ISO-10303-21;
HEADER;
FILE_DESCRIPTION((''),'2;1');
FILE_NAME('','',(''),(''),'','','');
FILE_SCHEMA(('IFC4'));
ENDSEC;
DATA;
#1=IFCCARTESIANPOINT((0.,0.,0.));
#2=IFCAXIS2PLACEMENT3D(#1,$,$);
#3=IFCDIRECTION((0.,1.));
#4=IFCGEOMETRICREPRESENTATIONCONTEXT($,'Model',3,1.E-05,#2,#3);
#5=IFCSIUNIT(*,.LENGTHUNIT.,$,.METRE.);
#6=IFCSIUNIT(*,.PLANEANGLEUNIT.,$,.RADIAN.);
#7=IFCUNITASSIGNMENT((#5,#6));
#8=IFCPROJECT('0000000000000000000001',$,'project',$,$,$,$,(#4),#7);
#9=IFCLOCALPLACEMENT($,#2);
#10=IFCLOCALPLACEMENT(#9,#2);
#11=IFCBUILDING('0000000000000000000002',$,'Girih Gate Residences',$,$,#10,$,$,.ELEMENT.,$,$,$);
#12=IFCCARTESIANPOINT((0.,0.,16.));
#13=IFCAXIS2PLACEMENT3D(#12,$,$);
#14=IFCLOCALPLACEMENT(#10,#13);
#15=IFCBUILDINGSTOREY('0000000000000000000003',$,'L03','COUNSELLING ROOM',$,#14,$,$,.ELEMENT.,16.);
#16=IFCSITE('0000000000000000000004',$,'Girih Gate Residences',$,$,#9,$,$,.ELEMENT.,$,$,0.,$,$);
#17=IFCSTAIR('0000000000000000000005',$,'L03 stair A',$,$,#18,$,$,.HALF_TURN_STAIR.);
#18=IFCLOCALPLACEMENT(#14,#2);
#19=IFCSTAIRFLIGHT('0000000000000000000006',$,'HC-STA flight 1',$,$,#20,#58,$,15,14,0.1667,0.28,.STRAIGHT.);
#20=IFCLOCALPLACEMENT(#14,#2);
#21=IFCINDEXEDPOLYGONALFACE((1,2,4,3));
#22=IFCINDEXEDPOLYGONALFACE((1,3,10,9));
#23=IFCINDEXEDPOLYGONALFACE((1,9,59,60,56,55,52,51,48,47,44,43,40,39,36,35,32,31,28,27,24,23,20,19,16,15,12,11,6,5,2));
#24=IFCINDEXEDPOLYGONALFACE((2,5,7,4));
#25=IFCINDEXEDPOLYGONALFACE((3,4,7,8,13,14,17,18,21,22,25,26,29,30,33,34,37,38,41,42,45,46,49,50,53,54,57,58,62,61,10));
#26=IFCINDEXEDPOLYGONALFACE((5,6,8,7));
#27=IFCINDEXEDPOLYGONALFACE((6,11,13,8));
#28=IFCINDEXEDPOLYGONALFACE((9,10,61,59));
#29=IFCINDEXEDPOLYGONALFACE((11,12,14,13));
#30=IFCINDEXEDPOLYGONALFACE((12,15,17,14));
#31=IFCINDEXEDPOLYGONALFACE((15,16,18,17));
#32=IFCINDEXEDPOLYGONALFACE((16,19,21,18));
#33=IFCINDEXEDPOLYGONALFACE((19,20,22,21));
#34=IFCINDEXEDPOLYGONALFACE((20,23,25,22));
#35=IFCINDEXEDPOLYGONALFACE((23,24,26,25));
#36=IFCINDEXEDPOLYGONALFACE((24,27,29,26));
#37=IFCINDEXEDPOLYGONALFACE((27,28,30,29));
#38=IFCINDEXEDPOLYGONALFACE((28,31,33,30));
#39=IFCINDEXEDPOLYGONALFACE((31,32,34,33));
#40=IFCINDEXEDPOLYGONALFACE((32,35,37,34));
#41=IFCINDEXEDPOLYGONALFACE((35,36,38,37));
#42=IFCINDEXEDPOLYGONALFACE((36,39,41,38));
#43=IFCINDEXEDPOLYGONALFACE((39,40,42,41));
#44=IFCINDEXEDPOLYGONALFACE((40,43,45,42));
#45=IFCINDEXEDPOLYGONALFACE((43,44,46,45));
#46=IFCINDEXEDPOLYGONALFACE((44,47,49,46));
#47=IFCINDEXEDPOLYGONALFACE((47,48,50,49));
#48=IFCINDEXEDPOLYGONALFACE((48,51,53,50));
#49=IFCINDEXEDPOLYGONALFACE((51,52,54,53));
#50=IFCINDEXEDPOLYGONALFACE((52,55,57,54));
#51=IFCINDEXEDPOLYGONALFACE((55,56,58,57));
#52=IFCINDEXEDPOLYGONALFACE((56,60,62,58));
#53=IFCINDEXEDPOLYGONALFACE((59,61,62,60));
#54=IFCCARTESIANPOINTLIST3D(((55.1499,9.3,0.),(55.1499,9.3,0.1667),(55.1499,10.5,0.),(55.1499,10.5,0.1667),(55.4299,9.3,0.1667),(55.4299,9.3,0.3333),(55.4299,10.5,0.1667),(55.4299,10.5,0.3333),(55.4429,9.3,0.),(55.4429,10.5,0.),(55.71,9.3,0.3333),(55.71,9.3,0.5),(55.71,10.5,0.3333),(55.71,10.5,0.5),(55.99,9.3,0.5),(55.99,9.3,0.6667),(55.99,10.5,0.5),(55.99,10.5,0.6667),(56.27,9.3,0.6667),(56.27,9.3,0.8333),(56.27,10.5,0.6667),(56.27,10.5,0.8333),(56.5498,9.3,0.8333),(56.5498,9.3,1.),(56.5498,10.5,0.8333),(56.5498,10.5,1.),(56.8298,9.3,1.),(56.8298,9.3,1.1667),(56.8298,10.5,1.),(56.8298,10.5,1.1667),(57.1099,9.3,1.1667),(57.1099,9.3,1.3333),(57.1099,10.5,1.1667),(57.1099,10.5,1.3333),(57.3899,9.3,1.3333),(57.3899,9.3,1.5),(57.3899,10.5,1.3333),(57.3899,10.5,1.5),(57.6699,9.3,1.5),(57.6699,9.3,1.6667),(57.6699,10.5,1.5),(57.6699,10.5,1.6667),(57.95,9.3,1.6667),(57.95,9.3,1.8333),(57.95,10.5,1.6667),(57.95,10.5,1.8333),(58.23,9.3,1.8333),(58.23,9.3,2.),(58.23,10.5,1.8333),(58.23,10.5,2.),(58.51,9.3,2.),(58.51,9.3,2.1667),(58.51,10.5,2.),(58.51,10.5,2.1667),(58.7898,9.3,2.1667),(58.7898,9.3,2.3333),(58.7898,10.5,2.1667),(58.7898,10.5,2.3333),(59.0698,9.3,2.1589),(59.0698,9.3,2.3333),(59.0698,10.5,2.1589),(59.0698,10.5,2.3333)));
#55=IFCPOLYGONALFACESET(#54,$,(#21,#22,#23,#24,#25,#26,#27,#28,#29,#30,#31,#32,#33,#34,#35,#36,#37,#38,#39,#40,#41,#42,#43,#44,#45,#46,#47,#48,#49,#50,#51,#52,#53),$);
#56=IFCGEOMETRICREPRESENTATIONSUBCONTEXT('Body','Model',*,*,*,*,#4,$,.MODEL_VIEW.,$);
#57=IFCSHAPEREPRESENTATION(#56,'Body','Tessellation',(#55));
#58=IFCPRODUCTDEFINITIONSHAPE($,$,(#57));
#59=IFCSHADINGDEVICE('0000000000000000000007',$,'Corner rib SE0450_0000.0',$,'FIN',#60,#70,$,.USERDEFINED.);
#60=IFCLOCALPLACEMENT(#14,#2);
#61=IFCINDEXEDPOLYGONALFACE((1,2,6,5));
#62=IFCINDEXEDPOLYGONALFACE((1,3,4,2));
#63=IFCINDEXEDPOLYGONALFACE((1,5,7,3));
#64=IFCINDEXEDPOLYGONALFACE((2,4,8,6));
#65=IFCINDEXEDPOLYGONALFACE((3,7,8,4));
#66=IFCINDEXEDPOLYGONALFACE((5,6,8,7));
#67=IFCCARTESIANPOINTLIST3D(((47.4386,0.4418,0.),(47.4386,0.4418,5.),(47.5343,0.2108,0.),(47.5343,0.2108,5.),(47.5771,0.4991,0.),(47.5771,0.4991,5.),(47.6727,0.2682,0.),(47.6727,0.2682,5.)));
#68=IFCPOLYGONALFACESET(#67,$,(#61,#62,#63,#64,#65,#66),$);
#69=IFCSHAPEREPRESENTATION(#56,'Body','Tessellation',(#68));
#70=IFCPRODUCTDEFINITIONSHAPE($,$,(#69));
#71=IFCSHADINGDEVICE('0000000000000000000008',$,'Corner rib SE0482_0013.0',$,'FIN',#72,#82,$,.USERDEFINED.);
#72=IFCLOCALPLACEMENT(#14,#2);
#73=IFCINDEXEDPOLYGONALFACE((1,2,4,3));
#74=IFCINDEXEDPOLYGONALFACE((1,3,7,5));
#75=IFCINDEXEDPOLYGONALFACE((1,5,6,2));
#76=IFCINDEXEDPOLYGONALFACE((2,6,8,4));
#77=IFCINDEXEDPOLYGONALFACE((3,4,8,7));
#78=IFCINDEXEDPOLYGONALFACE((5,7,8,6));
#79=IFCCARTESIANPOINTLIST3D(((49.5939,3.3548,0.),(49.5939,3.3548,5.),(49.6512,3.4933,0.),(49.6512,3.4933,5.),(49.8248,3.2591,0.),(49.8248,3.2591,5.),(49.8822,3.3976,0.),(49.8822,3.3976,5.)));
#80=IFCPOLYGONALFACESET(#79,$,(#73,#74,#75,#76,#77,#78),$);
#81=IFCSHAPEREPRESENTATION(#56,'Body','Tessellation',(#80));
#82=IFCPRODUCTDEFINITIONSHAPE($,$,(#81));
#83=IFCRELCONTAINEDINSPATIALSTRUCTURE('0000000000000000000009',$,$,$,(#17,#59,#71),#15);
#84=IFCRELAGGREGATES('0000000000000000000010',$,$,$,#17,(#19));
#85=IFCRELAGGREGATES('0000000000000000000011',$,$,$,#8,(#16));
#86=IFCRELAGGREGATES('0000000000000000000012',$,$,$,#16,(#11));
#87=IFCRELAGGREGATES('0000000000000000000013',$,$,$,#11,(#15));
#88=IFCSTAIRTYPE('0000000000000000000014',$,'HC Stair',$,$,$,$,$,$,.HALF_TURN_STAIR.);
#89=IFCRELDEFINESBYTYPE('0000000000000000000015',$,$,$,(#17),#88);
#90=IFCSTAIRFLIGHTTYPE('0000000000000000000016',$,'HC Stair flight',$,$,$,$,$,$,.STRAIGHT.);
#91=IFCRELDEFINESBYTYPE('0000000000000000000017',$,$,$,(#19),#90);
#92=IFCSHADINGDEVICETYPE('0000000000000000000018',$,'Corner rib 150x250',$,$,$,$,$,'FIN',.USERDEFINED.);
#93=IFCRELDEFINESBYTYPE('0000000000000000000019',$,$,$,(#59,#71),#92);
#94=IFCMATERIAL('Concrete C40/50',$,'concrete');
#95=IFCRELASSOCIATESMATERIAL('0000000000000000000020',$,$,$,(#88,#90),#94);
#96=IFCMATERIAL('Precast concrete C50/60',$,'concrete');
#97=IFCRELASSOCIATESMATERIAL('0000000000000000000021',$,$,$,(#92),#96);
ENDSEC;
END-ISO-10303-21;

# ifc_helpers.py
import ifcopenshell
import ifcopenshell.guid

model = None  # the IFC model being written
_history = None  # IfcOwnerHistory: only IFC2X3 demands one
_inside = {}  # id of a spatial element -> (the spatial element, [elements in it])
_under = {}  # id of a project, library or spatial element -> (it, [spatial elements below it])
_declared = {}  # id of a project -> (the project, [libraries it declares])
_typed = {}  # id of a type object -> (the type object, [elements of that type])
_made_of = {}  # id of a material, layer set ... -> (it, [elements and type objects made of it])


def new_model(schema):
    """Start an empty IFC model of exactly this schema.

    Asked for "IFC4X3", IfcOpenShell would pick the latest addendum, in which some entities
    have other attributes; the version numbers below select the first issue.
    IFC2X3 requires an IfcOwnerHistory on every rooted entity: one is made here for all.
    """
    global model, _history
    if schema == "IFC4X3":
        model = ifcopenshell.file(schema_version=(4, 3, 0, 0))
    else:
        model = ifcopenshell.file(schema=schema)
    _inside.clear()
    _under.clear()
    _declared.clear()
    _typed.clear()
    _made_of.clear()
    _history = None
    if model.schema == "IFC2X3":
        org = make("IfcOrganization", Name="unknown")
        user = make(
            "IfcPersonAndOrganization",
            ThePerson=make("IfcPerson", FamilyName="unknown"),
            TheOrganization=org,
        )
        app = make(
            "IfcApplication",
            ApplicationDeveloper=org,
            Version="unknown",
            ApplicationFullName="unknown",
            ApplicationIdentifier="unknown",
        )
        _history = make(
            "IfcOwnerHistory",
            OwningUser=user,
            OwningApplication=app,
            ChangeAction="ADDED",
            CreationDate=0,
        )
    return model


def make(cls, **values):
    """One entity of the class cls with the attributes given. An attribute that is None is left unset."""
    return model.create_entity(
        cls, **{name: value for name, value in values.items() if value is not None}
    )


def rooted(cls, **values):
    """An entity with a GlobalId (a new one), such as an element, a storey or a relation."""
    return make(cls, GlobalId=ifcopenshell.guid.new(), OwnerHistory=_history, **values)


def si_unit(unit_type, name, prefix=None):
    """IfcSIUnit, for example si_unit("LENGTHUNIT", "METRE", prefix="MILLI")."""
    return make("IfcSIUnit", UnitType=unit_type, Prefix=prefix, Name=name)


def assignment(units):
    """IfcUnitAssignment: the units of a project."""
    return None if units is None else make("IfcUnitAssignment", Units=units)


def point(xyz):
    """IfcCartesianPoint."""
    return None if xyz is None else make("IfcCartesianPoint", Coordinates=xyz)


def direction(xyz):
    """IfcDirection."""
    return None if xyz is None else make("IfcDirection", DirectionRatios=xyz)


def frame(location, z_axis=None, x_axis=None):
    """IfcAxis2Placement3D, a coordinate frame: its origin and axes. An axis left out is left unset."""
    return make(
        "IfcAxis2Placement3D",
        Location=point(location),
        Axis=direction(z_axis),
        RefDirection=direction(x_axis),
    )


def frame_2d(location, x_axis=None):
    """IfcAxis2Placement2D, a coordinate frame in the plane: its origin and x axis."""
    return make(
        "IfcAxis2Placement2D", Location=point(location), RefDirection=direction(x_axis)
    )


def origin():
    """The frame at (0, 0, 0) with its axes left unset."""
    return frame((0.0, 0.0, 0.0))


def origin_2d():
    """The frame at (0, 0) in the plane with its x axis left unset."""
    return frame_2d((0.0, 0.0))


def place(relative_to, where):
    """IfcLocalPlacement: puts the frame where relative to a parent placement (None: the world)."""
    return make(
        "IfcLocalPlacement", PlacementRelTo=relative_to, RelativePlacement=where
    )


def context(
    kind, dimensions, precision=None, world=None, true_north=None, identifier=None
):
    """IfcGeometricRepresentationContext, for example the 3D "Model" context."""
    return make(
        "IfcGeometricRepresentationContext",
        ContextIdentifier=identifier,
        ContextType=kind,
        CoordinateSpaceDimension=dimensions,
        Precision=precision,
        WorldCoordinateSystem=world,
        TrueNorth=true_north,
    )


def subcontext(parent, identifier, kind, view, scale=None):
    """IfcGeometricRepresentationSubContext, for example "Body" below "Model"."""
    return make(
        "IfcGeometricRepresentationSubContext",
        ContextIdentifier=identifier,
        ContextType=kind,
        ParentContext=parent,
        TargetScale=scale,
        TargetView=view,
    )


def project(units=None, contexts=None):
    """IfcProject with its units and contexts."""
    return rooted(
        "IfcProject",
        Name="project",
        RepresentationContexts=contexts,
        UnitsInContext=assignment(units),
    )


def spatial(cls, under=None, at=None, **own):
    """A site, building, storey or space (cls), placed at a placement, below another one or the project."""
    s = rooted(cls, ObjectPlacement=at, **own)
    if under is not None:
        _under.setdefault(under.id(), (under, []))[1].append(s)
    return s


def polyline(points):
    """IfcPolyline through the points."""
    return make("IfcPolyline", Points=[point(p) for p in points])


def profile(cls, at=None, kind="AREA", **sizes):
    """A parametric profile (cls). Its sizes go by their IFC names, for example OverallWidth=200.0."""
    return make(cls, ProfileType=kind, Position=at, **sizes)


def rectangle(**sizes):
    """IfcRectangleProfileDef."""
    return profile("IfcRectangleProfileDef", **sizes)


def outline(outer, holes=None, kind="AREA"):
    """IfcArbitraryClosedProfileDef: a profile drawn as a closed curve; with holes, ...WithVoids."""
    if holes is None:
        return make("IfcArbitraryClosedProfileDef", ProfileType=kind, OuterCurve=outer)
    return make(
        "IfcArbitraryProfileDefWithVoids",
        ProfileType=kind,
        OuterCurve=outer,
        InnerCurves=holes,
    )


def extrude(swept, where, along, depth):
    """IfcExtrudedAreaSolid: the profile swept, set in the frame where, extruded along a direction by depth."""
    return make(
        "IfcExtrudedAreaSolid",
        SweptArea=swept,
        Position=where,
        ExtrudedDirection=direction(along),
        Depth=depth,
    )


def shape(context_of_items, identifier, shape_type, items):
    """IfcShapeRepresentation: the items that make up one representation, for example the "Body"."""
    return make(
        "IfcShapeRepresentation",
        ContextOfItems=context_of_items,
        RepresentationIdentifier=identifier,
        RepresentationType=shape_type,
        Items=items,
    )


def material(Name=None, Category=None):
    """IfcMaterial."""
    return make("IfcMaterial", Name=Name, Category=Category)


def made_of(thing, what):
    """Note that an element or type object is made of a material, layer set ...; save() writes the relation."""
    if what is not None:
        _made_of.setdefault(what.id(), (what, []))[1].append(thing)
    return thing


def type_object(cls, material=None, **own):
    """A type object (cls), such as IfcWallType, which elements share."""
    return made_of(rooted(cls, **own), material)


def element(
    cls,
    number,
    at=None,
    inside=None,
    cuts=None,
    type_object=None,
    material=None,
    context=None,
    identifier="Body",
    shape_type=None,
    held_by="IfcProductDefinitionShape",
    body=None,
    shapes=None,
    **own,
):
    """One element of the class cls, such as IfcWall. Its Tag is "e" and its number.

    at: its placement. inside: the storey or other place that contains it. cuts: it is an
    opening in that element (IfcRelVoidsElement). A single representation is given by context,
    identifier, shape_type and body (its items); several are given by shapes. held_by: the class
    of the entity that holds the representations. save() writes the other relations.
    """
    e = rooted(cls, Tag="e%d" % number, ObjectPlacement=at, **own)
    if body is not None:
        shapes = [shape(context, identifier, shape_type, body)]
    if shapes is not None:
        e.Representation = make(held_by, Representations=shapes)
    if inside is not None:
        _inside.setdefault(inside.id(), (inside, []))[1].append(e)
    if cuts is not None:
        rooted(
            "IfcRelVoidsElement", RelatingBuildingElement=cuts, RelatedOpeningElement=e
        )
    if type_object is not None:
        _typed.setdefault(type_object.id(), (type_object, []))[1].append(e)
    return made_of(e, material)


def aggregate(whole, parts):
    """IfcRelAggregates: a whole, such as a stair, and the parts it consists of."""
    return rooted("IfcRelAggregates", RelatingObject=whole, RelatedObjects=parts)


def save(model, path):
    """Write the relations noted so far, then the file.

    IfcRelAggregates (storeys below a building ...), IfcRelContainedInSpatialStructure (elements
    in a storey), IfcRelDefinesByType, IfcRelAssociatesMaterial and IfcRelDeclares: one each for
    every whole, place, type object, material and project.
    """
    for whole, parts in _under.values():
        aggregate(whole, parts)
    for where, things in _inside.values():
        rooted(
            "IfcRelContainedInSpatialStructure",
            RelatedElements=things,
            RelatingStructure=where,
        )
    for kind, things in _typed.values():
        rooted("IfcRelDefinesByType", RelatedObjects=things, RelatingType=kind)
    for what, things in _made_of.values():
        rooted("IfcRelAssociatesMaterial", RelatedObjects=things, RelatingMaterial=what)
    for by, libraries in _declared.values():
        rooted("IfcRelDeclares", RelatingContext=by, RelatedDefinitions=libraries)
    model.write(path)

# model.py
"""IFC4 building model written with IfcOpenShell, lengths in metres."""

from ifc_helpers import new_model, si_unit, direction, frame, origin, origin_2d, place, context, subcontext, project, spatial, polyline, rectangle, outline, extrude, material, type_object, element, aggregate, save


model = new_model("IFC4")

# Units and contexts
model_context = context("Model", 3, precision=1e-05, world=origin(), true_north=direction((0.0, 1.0)))
body_context = subcontext(model_context, "Body", "Model", "MODEL_VIEW")
ifc_project = project(units=[si_unit("LENGTHUNIT", "METRE"), si_unit("PLANEANGLEUNIT", "RADIAN")], contexts=[model_context])

# Site, building, storey
site_placement = place(None, origin())
site = spatial("IfcSite", under=ifc_project, at=site_placement, Name="Girih Gate Residences", CompositionType="ELEMENT", RefElevation=0.0)
building_placement = place(site_placement, origin())
building = spatial("IfcBuilding", under=site, at=building_placement, Name="Girih Gate Residences", CompositionType="ELEMENT")
storey_placement = place(building_placement, frame((0.0, 0.0, 16.0)))
storey = spatial("IfcBuildingStorey", under=building, at=storey_placement, Name="L03", Description="COUNSELLING ROOM", CompositionType="ELEMENT", Elevation=16.0)

# Shared definitions
ifc_material_1 = material(Name="Concrete C40/50", Category="concrete")

# Shared definitions
ifc_material_2 = material(Name="Precast concrete C50/60", Category="concrete")

# Stair, stair flight
stair_type = type_object("IfcStairType", Name="HC Stair", PredefinedType="HALF_TURN_STAIR", material=ifc_material_1)
stair_placement = place(storey_placement, origin())
stair = element("IfcStair", 1, at=stair_placement, inside=storey, type_object=stair_type, Name="L03 stair A", PredefinedType="HALF_TURN_STAIR")
stair_flight_type = type_object("IfcStairFlightType", Name="HC Stair flight", PredefinedType="STRAIGHT", material=ifc_material_1)
stair_flight_placement = place(storey_placement, frame((55.1499, 9.8999, 0.0), z_axis=(0.0, 0.0, 1.0), x_axis=(1.0, 0.0, 0.0)))
stair_flight = element("IfcStairFlight", 2, at=stair_flight_placement, type_object=stair_flight_type, Name="HC-STA flight 1", NumberOfRisers=15, NumberOfTreads=14, PredefinedType="STRAIGHT", RiserHeight=0.1667, TreadLength=0.28, context=body_context, shape_type="SweptSolid", body=[
    extrude(outline(polyline([(0.0, 0.0), (0.0, 0.1667), (0.28, 0.1667), (0.28, 0.3333), (0.5601, 0.3333), (0.5601, 0.5), (0.8401, 0.5), (0.8401, 0.6667), (1.1201, 0.6667), (1.1201, 0.8333), (1.3999, 0.8333), (1.3999, 1.0), (1.6799, 1.0), (1.6799, 1.1667), (1.96, 1.1667), (1.96, 1.3333), (2.24, 1.3333), (2.24, 1.5), (2.52, 1.5), (2.52, 1.6667), (2.8, 1.6667), (2.8, 1.8333), (3.0801, 1.8333), (3.0801, 2.0), (3.3601, 2.0), (3.3601, 2.1667), (3.6399, 2.1667), (3.6399, 2.3333), (3.9199, 2.3333), (3.9199, 2.5), (3.9199, 2.1589), (0.293, 0.0), (0.0, 0.0)])), frame((0.0, 0.6001, 0.0), z_axis=(0.0, -1.0, 0.0), x_axis=(1.0, 0.0, 0.0)), (0.0, 0.0, 1.0), 1.2),
])
aggregate(stair, [stair_flight])

# Shading devices
shading_device_type = type_object("IfcShadingDeviceType", Name="Corner rib 150x250", ElementType="FIN", PredefinedType="USERDEFINED", material=ifc_material_2)
for number, where, z_axis, x_axis, name in (
    (3, (47.5557, 0.355, 0.0), (0.0, 0.0, 1.0), (0.92388, 0.382683, 0.0), "Corner rib SE0450_0000.0"),
    (4, (49.738, 3.3762, 0.0), (0.0, 0.0, 1.0), (0.382683, 0.92388, 0.0), "Corner rib SE0482_0013.0"),
):
    element("IfcShadingDevice", number, at=place(storey_placement, frame(where, z_axis=z_axis, x_axis=x_axis)), inside=storey, type_object=shading_device_type, Name=name, ObjectType="FIN", PredefinedType="USERDEFINED", context=body_context, shape_type="SweptSolid", body=[
        extrude(rectangle(XDim=0.1499, YDim=0.25, at=origin_2d()), origin(), (0.0, 0.0, 1.0), 5.0),
    ])

save(model, "model.ifc")
